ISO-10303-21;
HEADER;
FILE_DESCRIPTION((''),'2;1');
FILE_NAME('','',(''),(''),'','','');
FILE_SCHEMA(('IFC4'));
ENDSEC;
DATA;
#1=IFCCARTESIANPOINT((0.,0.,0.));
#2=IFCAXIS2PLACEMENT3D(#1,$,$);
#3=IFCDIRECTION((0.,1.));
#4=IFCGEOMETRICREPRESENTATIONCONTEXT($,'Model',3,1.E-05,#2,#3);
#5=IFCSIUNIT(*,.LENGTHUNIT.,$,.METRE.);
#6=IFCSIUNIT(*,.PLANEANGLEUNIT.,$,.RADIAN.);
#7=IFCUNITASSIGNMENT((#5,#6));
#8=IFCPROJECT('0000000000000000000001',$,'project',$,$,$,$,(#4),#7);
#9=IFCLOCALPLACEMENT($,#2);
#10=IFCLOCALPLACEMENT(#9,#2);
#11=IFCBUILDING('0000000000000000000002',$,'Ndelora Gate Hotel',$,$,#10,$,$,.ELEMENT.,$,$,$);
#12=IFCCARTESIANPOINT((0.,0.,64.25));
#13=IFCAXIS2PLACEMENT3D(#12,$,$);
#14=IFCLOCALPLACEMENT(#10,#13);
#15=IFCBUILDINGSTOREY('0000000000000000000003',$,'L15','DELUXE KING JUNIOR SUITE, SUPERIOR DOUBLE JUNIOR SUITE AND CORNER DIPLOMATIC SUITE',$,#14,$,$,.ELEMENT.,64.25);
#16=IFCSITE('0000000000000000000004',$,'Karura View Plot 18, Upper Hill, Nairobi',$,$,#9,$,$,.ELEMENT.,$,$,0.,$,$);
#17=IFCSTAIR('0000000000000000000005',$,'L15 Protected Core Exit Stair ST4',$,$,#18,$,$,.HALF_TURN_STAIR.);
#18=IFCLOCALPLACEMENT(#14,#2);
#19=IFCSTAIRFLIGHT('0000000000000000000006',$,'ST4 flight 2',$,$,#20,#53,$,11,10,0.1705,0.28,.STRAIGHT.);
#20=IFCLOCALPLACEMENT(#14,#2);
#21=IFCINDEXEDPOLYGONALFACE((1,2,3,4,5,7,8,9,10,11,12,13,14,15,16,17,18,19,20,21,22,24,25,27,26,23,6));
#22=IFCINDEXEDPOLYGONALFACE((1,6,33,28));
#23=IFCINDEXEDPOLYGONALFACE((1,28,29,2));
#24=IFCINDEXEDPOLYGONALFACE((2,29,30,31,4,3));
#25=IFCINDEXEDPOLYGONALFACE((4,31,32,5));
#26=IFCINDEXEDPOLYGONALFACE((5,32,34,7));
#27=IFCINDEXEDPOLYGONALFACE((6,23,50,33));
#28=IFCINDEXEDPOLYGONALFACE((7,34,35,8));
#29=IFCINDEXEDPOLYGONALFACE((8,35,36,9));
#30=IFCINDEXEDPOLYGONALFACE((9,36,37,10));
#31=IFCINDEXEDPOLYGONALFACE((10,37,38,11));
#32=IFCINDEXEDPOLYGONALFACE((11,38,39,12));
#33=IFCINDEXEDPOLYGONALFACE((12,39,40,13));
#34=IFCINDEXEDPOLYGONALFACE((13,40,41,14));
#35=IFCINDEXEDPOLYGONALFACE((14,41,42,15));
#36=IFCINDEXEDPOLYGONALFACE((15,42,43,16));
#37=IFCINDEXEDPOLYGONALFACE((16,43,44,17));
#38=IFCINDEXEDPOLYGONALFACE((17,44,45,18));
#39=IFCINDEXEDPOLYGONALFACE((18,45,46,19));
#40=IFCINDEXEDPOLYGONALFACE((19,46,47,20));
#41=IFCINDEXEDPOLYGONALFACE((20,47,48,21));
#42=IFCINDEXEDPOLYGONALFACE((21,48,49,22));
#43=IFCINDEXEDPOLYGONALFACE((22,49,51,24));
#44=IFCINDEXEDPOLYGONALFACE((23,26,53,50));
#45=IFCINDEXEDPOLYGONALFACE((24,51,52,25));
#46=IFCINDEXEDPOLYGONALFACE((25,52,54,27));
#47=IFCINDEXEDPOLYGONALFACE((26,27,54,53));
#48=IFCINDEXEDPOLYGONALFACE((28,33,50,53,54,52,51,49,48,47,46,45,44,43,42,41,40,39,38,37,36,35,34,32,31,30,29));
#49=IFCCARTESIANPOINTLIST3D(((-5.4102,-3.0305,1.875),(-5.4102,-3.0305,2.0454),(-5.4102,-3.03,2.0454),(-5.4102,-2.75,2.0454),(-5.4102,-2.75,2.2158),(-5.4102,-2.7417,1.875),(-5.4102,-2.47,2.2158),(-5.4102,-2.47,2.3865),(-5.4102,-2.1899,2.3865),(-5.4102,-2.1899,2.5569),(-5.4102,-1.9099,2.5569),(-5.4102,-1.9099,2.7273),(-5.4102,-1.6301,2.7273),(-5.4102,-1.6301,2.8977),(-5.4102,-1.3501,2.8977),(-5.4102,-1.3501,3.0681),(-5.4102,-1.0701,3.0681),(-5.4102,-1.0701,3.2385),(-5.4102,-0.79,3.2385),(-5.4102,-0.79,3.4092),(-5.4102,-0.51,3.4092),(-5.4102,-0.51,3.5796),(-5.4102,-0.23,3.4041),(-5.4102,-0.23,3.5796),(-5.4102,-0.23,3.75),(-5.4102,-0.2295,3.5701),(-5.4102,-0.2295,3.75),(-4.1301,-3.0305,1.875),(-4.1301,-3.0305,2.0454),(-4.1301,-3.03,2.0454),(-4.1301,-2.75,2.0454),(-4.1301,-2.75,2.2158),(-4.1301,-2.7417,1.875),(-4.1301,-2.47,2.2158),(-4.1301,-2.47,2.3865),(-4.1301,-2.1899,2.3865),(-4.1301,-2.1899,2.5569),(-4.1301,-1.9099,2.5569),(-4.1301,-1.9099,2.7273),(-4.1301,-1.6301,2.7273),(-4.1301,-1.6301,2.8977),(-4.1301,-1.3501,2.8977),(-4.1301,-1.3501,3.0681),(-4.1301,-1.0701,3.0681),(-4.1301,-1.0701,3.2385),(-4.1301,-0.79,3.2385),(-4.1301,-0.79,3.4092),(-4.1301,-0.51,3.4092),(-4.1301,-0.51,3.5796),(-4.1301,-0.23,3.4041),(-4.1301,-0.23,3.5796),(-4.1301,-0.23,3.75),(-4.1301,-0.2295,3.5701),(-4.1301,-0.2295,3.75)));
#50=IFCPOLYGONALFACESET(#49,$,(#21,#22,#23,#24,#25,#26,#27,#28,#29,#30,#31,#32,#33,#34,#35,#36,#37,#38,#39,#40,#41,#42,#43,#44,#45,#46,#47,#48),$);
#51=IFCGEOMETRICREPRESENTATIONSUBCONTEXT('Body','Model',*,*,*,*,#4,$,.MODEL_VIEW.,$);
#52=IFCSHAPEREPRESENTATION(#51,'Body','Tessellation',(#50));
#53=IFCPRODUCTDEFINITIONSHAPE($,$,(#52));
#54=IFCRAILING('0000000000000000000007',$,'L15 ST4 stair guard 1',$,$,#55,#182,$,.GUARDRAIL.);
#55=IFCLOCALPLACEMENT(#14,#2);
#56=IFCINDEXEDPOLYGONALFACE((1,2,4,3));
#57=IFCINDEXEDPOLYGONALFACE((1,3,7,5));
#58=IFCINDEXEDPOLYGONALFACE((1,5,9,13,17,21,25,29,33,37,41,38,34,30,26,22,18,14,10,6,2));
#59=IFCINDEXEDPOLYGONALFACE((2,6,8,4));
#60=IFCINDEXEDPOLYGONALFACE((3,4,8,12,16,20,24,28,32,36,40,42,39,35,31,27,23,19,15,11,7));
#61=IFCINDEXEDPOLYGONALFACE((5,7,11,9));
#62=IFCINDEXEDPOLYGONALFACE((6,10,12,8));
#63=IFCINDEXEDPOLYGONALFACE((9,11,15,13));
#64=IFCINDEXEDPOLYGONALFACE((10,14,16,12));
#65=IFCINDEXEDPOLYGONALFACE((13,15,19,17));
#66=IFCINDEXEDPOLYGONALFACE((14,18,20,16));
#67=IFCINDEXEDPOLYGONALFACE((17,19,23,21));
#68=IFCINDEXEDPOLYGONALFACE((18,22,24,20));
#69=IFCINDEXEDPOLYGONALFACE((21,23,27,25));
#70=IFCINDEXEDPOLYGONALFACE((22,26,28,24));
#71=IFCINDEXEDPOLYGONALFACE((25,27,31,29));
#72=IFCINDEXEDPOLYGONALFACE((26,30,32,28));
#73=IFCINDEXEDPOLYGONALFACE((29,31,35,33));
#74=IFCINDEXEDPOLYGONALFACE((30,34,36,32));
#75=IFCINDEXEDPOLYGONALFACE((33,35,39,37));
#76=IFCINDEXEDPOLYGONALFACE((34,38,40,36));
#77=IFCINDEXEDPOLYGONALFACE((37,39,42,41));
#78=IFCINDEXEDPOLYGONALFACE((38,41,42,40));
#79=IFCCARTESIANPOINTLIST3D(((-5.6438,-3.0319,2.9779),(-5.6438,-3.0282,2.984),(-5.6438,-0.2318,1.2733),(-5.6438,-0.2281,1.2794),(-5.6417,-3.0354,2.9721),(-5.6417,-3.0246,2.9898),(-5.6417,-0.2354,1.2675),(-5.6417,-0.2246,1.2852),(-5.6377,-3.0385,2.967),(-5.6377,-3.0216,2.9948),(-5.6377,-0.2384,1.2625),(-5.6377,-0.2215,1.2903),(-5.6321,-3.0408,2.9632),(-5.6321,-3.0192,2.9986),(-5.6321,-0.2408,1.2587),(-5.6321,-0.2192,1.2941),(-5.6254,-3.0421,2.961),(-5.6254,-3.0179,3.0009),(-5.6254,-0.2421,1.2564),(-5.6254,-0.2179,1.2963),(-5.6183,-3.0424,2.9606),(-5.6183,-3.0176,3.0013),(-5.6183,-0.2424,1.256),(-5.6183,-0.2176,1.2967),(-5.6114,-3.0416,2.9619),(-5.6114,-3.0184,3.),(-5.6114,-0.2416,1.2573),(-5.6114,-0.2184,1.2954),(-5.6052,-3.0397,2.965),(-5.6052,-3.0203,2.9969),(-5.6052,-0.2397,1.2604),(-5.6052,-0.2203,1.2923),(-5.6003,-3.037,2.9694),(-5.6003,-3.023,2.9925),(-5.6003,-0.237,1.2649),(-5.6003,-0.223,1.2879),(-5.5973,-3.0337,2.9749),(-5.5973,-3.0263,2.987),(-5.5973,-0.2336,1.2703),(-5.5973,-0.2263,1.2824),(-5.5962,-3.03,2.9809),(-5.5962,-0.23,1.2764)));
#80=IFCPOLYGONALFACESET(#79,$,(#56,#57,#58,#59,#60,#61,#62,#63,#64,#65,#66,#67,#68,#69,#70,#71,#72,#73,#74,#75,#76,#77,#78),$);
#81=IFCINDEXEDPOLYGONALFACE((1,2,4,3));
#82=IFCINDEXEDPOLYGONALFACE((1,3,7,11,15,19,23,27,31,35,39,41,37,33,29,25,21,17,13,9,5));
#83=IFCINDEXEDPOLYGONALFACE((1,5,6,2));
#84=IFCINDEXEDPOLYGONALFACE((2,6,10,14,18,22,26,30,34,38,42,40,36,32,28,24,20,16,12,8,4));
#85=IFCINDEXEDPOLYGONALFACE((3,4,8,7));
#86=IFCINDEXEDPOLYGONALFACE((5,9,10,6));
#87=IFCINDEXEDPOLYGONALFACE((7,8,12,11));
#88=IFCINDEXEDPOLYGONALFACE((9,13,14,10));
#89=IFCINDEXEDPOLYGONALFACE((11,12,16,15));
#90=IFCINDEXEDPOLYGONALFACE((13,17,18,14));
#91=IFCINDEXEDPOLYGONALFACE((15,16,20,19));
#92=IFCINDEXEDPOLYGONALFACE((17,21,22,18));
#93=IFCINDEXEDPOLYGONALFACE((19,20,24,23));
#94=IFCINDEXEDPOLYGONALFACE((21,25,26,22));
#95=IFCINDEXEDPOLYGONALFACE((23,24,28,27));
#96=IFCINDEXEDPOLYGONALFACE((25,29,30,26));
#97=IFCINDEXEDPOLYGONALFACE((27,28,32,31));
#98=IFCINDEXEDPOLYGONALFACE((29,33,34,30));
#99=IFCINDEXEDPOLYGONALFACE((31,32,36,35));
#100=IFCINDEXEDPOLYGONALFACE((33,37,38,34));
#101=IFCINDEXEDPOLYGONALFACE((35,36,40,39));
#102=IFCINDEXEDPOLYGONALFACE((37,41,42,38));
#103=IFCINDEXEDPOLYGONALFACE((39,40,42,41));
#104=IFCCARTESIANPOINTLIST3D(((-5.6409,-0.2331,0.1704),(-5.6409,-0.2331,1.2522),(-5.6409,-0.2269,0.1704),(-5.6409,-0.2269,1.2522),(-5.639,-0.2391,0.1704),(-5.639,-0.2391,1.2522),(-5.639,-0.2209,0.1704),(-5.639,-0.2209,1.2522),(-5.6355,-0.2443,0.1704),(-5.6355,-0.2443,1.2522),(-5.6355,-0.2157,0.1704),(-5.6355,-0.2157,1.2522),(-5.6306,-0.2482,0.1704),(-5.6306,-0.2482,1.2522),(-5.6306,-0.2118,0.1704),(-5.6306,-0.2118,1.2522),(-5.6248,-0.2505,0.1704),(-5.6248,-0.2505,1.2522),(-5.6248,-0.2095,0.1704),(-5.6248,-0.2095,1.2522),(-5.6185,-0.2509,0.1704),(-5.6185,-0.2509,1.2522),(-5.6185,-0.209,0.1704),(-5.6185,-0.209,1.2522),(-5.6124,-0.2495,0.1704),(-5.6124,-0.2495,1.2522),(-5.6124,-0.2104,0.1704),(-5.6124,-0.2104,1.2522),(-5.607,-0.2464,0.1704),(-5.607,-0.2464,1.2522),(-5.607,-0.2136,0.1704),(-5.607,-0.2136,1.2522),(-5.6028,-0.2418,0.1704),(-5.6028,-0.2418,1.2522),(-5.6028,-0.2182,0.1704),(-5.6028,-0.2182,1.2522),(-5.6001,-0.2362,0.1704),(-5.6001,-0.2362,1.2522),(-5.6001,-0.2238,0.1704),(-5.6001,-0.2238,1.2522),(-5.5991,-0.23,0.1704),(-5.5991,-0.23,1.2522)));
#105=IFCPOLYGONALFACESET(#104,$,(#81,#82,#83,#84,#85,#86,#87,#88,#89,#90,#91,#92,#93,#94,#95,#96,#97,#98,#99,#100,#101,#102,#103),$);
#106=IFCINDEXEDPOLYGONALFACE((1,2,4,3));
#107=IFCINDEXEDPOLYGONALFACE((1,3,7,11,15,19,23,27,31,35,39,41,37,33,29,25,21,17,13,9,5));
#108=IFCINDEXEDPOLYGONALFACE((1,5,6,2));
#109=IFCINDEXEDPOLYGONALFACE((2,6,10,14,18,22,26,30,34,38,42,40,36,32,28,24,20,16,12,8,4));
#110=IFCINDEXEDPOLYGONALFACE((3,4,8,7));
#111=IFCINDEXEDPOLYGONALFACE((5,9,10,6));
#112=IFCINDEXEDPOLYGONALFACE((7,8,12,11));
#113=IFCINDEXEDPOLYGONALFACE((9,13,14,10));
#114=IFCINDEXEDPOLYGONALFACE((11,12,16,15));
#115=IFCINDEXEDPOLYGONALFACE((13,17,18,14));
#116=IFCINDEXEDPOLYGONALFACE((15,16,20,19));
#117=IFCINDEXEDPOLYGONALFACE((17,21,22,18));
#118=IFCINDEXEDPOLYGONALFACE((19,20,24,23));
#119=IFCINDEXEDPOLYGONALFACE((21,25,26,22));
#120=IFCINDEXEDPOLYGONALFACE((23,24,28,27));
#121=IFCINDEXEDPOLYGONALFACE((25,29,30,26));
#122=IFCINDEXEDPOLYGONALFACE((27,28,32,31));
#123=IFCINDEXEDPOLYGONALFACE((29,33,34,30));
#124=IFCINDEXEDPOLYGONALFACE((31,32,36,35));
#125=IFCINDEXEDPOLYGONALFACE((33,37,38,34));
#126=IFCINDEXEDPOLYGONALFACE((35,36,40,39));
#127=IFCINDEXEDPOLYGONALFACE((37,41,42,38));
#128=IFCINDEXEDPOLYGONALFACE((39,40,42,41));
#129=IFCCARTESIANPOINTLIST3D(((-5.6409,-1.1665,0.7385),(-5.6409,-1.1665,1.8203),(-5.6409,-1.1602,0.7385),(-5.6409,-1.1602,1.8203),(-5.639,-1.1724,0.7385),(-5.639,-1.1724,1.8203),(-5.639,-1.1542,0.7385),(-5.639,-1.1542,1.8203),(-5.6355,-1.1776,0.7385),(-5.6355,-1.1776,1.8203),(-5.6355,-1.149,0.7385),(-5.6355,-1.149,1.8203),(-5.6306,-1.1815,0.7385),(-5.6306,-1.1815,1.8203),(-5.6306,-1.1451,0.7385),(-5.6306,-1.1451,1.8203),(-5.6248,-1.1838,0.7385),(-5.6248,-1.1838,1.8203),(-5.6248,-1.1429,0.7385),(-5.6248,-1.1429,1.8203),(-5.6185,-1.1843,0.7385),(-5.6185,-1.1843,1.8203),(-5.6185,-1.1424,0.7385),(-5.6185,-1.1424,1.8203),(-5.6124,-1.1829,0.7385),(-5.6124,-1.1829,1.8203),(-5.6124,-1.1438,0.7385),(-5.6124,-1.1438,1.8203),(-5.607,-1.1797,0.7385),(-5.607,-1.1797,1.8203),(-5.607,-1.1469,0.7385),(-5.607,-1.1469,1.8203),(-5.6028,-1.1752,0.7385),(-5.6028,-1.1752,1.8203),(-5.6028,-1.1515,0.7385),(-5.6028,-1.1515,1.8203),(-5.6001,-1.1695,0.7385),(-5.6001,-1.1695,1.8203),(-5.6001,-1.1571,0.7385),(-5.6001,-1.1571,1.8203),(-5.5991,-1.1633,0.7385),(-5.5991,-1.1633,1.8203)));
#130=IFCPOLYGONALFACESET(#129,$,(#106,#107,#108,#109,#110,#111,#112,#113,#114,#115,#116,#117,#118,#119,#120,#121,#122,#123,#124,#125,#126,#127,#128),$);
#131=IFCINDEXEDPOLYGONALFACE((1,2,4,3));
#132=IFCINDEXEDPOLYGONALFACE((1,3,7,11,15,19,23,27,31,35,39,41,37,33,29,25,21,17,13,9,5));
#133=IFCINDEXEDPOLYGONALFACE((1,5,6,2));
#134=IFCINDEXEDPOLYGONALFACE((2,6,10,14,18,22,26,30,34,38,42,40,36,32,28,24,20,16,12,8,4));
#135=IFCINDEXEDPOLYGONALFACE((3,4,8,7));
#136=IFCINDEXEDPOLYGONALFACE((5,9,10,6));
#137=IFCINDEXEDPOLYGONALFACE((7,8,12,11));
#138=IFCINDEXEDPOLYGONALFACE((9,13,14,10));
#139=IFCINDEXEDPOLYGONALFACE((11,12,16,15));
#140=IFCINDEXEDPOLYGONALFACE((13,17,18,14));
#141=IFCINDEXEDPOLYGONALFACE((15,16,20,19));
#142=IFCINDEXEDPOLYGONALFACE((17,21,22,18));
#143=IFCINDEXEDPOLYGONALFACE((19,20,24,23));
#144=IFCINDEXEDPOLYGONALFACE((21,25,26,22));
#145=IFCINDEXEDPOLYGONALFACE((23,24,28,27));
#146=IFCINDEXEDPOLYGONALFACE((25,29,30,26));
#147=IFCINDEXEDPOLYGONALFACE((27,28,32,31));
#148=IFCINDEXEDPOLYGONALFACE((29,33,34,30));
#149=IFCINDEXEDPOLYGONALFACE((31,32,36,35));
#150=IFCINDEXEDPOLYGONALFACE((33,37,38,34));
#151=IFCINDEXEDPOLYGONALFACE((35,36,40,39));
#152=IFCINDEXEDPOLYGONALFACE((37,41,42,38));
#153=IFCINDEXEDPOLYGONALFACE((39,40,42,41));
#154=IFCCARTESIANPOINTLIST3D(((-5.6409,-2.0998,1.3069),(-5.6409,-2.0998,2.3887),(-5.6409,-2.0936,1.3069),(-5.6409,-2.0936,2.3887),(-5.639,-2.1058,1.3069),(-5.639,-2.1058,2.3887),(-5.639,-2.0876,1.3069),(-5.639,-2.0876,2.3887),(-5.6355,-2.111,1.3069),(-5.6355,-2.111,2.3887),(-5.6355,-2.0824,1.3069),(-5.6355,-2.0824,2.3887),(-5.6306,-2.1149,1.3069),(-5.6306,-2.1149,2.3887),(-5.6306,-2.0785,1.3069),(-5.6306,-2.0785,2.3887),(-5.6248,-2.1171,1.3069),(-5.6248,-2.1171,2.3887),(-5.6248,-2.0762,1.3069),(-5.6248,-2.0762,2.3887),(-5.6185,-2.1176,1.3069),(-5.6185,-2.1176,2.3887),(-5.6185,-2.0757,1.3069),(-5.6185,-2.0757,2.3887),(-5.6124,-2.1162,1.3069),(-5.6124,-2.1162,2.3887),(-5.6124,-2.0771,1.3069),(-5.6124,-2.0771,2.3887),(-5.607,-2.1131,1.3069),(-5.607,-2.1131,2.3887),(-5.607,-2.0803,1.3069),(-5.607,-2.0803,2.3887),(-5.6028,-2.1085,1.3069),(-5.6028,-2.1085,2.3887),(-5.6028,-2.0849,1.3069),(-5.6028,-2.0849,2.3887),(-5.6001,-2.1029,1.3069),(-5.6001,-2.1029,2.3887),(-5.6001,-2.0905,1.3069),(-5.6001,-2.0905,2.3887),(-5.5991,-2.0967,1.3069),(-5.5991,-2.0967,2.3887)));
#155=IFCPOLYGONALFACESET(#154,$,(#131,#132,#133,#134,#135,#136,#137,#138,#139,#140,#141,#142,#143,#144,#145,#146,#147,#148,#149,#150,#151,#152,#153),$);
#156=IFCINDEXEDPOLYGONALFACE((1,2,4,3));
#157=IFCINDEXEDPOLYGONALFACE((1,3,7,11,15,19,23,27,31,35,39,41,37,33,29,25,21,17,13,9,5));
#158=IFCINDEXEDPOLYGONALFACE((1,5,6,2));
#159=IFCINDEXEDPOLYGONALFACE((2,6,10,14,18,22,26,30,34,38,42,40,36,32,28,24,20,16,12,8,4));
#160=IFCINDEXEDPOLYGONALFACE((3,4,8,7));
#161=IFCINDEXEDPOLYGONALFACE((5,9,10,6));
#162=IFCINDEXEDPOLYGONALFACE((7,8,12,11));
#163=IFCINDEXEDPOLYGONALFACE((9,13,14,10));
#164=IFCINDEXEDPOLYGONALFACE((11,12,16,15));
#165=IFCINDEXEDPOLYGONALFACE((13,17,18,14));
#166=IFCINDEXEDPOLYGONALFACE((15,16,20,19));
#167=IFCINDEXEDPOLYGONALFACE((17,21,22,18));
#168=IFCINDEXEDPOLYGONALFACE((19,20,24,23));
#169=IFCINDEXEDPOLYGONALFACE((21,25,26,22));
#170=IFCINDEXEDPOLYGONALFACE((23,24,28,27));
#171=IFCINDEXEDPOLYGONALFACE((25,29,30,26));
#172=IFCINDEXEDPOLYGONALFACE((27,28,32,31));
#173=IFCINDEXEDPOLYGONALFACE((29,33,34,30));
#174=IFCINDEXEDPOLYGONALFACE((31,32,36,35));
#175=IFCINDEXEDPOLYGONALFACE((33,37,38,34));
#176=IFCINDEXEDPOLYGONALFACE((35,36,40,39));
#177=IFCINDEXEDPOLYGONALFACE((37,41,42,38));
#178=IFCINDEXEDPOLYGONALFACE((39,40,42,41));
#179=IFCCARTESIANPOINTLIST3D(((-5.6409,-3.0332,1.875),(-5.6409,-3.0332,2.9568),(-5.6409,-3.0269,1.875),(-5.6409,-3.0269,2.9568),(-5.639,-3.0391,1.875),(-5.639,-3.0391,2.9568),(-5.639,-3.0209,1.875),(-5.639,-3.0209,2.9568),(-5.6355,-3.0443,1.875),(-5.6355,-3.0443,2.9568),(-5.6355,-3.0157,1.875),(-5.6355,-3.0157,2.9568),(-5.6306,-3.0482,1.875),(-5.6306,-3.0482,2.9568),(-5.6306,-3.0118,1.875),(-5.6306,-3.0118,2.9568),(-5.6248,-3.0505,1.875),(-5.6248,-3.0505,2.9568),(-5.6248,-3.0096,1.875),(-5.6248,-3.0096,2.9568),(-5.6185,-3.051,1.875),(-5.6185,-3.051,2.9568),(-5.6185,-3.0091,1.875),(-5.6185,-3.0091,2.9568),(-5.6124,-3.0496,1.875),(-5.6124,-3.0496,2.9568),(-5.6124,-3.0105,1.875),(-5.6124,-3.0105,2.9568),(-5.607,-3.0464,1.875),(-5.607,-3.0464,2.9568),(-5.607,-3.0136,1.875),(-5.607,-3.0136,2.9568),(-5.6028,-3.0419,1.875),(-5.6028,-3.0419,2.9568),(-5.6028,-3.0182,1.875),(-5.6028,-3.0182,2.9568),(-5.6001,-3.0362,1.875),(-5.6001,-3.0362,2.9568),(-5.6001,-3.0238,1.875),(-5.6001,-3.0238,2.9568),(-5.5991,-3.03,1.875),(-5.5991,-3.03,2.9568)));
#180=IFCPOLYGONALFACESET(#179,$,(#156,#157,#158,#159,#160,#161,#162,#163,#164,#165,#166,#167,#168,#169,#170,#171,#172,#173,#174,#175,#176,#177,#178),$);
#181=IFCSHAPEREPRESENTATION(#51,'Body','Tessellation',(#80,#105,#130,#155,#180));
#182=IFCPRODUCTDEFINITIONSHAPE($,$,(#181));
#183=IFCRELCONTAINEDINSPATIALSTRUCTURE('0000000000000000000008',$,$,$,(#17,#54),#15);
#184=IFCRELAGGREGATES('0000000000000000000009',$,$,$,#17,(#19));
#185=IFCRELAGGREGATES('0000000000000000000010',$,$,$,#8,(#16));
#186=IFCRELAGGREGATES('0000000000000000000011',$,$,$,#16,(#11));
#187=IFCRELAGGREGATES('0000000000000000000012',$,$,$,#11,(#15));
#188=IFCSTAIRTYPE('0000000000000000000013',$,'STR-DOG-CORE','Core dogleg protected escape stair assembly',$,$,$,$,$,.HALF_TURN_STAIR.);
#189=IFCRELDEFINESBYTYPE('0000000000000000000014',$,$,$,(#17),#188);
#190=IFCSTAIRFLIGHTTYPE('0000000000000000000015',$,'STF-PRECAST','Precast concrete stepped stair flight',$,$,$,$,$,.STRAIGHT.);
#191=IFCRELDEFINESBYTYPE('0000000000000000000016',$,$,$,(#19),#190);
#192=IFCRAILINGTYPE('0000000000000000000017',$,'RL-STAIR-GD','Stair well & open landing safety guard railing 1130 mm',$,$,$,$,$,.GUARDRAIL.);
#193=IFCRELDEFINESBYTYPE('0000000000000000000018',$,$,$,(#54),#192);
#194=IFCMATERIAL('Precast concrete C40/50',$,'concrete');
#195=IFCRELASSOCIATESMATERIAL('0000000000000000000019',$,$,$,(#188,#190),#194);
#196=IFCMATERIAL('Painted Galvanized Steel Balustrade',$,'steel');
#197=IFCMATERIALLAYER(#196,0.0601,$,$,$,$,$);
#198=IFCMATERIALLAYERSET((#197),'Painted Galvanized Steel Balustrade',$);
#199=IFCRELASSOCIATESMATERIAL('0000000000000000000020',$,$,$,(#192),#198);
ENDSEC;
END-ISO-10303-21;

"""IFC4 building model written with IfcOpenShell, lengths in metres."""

from ifc_helpers import new_model, si_unit, direction, frame, origin, origin_2d, place, context, subcontext, project, spatial, polyline, circle, outline, extrude, material, layer, layer_set, type_object, element, aggregate, save


model = new_model("IFC4")

# Units and contexts
model_context = context("Model", 3, precision=1e-05, world=origin(), true_north=direction((0.0, 1.0)))
body_context = subcontext(model_context, "Body", "Model", "MODEL_VIEW")
ifc_project = project(units=[si_unit("LENGTHUNIT", "METRE"), si_unit("PLANEANGLEUNIT", "RADIAN")], contexts=[model_context])

# Site, building, storey
site_placement = place(None, origin())
site = spatial("IfcSite", under=ifc_project, at=site_placement, Name="Karura View Plot 18, Upper Hill, Nairobi", CompositionType="ELEMENT", RefElevation=0.0)
building_placement = place(site_placement, origin())
building = spatial("IfcBuilding", under=site, at=building_placement, Name="Ndelora Gate Hotel", CompositionType="ELEMENT")
storey_placement = place(building_placement, frame((0.0, 0.0, 64.25)))
storey = spatial("IfcBuildingStorey", under=building, at=storey_placement, Name="L15", Description="DELUXE KING JUNIOR SUITE, SUPERIOR DOUBLE JUNIOR SUITE AND CORNER DIPLOMATIC SUITE", CompositionType="ELEMENT", Elevation=64.25)

# Stair, stair flight
ifc_material_1 = material(Name="Precast concrete C40/50", Category="concrete")
stair_type = type_object("IfcStairType", Name="STR-DOG-CORE", Description="Core dogleg protected escape stair assembly", PredefinedType="HALF_TURN_STAIR", material=ifc_material_1)
stair_placement = place(storey_placement, origin())
stair = element("IfcStair", 1, at=stair_placement, inside=storey, type_object=stair_type, Name="L15 Protected Core Exit Stair ST4", PredefinedType="HALF_TURN_STAIR")
stair_flight_type = type_object("IfcStairFlightType", Name="STF-PRECAST", Description="Precast concrete stepped stair flight", PredefinedType="STRAIGHT", material=ifc_material_1)
stair_flight_1_placement = place(storey_placement, frame((-4.77, -3.03, 1.875), z_axis=(0.0, 0.0, 1.0), x_axis=(0.0, 1.0, 0.0)))
stair_flight_1 = element("IfcStairFlight", 2, at=stair_flight_1_placement, type_object=stair_flight_type, Name="ST4 flight 2", NumberOfRisers=11, NumberOfTreads=10, PredefinedType="STRAIGHT", RiserHeight=0.1705, TreadLength=0.28, context=body_context, shape_type="SweptSolid", body=[
    extrude(outline(polyline([(-0.0005, 0.0), (-0.0005, 0.1704), (0.0, 0.1704), (0.28, 0.1704), (0.28, 0.3408), (0.5601, 0.3408), (0.5601, 0.5115), (0.8401, 0.5115), (0.8401, 0.6819), (1.1201, 0.6819), (1.1201, 0.8523), (1.3999, 0.8523), (1.3999, 1.0227), (1.6799, 1.0227), (1.6799, 1.1931), (1.96, 1.1931), (1.96, 1.3635), (2.24, 1.3635), (2.24, 1.5342), (2.52, 1.5342), (2.52, 1.7046), (2.8, 1.7046), (2.8, 1.875), (2.8005, 1.875), (2.8005, 1.6951), (2.8, 1.5291), (0.2883, 0.0), (-0.0005, 0.0)])), frame((0.0, 0.6401, 0.0), z_axis=(0.0, -1.0, 0.0), x_axis=(1.0, 0.0, 0.0)), (0.0, 0.0, 1.0), 1.28),
])
aggregate(stair, [stair_flight_1])

# Railing
ifc_material_2 = material(Name="Painted Galvanized Steel Balustrade", Category="steel")
ifc_layer_1 = layer(ifc_material_2, 0.0601)
ifc_layer_set_1 = layer_set([ifc_layer_1], Name="Painted Galvanized Steel Balustrade")
railing_type_1 = type_object("IfcRailingType", Name="RL-STAIR-GD", Description="Stair well & open landing safety guard railing 1130 mm", PredefinedType="GUARDRAIL", material=ifc_layer_set_1)
railing_1_placement = place(storey_placement, frame((-5.6201, -0.23, 0.1704)))
element("IfcRailing", 3, at=railing_1_placement, inside=storey, type_object=railing_type_1, Name="L15 ST4 stair guard 1", PredefinedType="GUARDRAIL", context=body_context, shape_type="SweptSolid", body=[
    extrude(circle(Radius=0.0239, at=origin_2d()), frame((0.0, 0.0, 1.106), z_axis=(0.0, -0.85417, 0.519994), x_axis=(1.0, 0.0, 0.0)), (0.0, 0.0, 1.0), 3.2781),
    extrude(circle(Radius=0.021, at=origin_2d()), origin(), (0.0, 0.0, 1.0), 1.0818),
    extrude(circle(Radius=0.021, at=origin_2d()), frame((0.0, -0.9333, 0.5681)), (0.0, 0.0, 1.0), 1.0818),
    extrude(circle(Radius=0.021, at=origin_2d()), frame((0.0, -1.8667, 1.1365)), (0.0, 0.0, 1.0), 1.0818),
    extrude(circle(Radius=0.021, at=origin_2d()), frame((0.0, -2.8, 1.7046)), (0.0, 0.0, 1.0), 1.0818),
])

save(model, "model.ifc")
